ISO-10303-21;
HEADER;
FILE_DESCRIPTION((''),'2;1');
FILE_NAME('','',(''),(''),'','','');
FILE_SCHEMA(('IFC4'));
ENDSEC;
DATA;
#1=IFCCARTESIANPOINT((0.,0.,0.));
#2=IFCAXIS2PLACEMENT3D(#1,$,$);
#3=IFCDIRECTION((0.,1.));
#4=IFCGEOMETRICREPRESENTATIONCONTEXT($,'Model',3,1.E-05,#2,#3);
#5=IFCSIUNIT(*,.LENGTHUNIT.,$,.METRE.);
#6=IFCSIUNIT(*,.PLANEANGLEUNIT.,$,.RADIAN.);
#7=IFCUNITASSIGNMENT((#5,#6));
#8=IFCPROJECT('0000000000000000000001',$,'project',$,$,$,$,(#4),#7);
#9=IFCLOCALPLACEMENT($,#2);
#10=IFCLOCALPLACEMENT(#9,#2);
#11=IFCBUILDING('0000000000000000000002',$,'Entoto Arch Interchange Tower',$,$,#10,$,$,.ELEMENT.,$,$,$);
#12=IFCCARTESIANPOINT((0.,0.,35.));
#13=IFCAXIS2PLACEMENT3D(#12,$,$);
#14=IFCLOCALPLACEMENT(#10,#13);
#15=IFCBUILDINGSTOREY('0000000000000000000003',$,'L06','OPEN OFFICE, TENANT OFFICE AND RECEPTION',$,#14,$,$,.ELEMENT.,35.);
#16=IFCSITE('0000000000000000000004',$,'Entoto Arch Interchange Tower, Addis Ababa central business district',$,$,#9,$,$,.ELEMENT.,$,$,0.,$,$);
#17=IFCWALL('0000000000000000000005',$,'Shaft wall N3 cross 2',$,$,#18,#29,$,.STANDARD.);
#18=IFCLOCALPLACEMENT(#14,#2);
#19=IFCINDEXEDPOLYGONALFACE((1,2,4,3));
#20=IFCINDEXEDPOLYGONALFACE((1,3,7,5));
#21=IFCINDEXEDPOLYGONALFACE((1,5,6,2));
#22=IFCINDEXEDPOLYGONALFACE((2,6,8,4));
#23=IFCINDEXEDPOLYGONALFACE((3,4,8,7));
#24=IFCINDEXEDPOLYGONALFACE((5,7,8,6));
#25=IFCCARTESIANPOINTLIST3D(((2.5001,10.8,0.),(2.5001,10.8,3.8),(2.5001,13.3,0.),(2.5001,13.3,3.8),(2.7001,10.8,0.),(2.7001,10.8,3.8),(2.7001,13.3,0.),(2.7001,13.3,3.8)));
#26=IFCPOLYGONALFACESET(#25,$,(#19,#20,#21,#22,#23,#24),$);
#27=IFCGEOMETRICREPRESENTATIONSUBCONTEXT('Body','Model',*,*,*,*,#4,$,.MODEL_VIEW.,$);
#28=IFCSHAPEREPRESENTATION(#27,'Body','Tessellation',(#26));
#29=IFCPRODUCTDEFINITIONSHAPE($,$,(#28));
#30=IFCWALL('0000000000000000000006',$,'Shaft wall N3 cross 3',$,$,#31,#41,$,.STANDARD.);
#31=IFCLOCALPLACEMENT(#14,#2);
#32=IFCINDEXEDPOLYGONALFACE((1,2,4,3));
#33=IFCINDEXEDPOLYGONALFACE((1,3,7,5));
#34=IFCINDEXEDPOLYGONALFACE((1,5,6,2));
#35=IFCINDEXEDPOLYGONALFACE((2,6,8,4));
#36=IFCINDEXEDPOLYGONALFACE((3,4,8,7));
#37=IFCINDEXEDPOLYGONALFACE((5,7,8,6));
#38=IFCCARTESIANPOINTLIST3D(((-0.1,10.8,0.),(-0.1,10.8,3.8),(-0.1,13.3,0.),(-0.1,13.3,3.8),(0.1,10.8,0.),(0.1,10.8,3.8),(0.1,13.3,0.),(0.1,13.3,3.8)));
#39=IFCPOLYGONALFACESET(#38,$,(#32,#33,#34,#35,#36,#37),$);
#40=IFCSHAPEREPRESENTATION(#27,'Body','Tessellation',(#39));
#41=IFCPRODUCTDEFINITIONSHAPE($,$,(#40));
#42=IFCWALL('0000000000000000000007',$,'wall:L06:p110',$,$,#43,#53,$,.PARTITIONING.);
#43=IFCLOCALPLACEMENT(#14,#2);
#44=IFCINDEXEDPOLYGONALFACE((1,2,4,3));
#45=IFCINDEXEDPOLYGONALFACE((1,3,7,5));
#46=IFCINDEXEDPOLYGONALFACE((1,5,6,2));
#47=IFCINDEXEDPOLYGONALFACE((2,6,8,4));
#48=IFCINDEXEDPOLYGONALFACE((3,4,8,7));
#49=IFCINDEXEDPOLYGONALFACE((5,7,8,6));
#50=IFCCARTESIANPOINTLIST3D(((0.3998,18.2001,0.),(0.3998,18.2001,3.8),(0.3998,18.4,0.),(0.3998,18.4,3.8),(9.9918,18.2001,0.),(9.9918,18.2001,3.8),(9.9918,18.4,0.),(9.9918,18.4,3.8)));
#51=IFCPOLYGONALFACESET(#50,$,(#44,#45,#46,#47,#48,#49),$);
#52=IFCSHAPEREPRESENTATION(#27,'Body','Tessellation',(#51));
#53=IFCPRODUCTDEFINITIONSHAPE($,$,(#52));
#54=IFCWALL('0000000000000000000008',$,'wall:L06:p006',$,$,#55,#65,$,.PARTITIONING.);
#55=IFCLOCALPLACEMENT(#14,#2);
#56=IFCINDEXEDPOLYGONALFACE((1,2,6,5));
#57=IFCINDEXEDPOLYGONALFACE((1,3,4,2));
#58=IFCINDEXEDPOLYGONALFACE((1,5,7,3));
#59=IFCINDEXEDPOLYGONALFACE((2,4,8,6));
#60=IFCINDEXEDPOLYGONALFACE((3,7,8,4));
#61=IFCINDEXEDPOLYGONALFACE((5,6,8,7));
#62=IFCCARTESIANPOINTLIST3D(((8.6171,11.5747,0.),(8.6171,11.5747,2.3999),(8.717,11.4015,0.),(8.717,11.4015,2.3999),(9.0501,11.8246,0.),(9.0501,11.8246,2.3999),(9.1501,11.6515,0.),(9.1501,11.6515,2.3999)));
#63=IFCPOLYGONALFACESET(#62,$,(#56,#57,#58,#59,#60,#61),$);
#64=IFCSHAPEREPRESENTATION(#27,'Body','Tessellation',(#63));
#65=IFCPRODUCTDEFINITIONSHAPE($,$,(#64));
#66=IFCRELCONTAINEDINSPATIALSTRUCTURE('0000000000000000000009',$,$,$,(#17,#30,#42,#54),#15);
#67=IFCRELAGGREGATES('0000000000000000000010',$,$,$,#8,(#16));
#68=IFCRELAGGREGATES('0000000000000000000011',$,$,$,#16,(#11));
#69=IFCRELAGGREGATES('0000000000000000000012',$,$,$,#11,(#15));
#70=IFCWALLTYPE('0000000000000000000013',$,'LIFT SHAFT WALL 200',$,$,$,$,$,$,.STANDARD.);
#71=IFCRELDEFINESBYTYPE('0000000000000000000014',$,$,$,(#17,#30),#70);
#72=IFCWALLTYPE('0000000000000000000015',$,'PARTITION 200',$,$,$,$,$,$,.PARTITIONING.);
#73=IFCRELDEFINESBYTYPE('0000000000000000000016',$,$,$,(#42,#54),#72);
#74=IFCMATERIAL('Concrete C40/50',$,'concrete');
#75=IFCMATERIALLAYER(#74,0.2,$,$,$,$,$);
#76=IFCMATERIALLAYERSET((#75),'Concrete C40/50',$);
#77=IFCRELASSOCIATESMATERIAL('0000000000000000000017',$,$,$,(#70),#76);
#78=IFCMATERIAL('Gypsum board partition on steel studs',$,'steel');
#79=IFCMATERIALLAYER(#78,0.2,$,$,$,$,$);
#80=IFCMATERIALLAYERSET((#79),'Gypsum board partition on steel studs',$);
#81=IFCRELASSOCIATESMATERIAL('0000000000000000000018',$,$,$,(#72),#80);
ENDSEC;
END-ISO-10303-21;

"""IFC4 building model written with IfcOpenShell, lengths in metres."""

from ifc_helpers import new_model, si_unit, direction, frame, frame_2d, origin, place, context, subcontext, project, spatial, rectangle, extrude, material, layer, layer_set, type_object, element, save


model = new_model("IFC4")

# Units and contexts
model_context = context("Model", 3, precision=1e-05, world=origin(), true_north=direction((0.0, 1.0)))
body_context = subcontext(model_context, "Body", "Model", "MODEL_VIEW")
ifc_project = project(units=[si_unit("LENGTHUNIT", "METRE"), si_unit("PLANEANGLEUNIT", "RADIAN")], contexts=[model_context])

# Site, building, storey
site_placement = place(None, origin())
site = spatial("IfcSite", under=ifc_project, at=site_placement, Name="Entoto Arch Interchange Tower, Addis Ababa central business district", CompositionType="ELEMENT", RefElevation=0.0)
building_placement = place(site_placement, origin())
building = spatial("IfcBuilding", under=site, at=building_placement, Name="Entoto Arch Interchange Tower", CompositionType="ELEMENT")
storey_placement = place(building_placement, frame((0.0, 0.0, 35.0)))
storey = spatial("IfcBuildingStorey", under=building, at=storey_placement, Name="L06", Description="OPEN OFFICE, TENANT OFFICE AND RECEPTION", CompositionType="ELEMENT", Elevation=35.0)

# Shared definitions
ifc_material_1 = material(Name="Concrete C40/50", Category="concrete")

# Walls
ifc_layer_1 = layer(ifc_material_1, 0.2)
ifc_layer_set_1 = layer_set([ifc_layer_1], Name="Concrete C40/50")
wall_type_1 = type_object("IfcWallType", Name="LIFT SHAFT WALL 200", PredefinedType="STANDARD", material=ifc_layer_set_1)
for number, where, z_axis, x_axis, name in (
    (1, (2.6001, 10.8, 0.0), (0.0, 0.0, 1.0), (0.0, 1.0, 0.0), "Shaft wall N3 cross 2"),
    (2, (0.0, 10.8, 0.0), (0.0, 0.0, 1.0), (0.0, 1.0, 0.0), "Shaft wall N3 cross 3"),
):
    element("IfcWall", number, at=place(storey_placement, frame(where, z_axis=z_axis, x_axis=x_axis)), inside=storey, type_object=wall_type_1, Name=name, PredefinedType="STANDARD", context=body_context, shape_type="SweptSolid", body=[
        extrude(rectangle(XDim=2.5, YDim=0.2, at=frame_2d((1.25, 0.0))), origin(), (0.0, 0.0, 1.0), 3.8),
    ])
ifc_material_2 = material(Name="Gypsum board partition on steel studs", Category="steel")
ifc_layer_2 = layer(ifc_material_2, 0.2)
ifc_layer_set_2 = layer_set([ifc_layer_2], Name="Gypsum board partition on steel studs")
wall_type_2 = type_object("IfcWallType", Name="PARTITION 200", PredefinedType="PARTITIONING", material=ifc_layer_set_2)
wall_1_placement = place(storey_placement, frame((0.3999, 18.3, 0.0), z_axis=(0.0, 0.0, 1.0), x_axis=(1.0, 0.0, 0.0)))
element("IfcWall", 3, at=wall_1_placement, inside=storey, type_object=wall_type_2, Name="wall:L06:p110", PredefinedType="PARTITIONING", context=body_context, shape_type="SweptSolid", body=[
    extrude(rectangle(XDim=9.592, YDim=0.2, at=frame_2d((4.7959, 0.0))), origin(), (0.0, 0.0, 1.0), 3.8),
])
wall_2_placement = place(storey_placement, frame((9.1001, 11.738, 0.0), z_axis=(0.0, 0.0, 1.0), x_axis=(-0.866072, -0.49992, 0.0)))
element("IfcWall", 4, at=wall_2_placement, inside=storey, type_object=wall_type_2, Name="wall:L06:p006", PredefinedType="PARTITIONING", context=body_context, shape_type="SweptSolid", body=[
    extrude(rectangle(XDim=0.5, YDim=0.2, at=frame_2d((0.25, 0.0))), origin(), (0.0, 0.0, 1.0), 2.3999),
])

save(model, "model.ifc")
